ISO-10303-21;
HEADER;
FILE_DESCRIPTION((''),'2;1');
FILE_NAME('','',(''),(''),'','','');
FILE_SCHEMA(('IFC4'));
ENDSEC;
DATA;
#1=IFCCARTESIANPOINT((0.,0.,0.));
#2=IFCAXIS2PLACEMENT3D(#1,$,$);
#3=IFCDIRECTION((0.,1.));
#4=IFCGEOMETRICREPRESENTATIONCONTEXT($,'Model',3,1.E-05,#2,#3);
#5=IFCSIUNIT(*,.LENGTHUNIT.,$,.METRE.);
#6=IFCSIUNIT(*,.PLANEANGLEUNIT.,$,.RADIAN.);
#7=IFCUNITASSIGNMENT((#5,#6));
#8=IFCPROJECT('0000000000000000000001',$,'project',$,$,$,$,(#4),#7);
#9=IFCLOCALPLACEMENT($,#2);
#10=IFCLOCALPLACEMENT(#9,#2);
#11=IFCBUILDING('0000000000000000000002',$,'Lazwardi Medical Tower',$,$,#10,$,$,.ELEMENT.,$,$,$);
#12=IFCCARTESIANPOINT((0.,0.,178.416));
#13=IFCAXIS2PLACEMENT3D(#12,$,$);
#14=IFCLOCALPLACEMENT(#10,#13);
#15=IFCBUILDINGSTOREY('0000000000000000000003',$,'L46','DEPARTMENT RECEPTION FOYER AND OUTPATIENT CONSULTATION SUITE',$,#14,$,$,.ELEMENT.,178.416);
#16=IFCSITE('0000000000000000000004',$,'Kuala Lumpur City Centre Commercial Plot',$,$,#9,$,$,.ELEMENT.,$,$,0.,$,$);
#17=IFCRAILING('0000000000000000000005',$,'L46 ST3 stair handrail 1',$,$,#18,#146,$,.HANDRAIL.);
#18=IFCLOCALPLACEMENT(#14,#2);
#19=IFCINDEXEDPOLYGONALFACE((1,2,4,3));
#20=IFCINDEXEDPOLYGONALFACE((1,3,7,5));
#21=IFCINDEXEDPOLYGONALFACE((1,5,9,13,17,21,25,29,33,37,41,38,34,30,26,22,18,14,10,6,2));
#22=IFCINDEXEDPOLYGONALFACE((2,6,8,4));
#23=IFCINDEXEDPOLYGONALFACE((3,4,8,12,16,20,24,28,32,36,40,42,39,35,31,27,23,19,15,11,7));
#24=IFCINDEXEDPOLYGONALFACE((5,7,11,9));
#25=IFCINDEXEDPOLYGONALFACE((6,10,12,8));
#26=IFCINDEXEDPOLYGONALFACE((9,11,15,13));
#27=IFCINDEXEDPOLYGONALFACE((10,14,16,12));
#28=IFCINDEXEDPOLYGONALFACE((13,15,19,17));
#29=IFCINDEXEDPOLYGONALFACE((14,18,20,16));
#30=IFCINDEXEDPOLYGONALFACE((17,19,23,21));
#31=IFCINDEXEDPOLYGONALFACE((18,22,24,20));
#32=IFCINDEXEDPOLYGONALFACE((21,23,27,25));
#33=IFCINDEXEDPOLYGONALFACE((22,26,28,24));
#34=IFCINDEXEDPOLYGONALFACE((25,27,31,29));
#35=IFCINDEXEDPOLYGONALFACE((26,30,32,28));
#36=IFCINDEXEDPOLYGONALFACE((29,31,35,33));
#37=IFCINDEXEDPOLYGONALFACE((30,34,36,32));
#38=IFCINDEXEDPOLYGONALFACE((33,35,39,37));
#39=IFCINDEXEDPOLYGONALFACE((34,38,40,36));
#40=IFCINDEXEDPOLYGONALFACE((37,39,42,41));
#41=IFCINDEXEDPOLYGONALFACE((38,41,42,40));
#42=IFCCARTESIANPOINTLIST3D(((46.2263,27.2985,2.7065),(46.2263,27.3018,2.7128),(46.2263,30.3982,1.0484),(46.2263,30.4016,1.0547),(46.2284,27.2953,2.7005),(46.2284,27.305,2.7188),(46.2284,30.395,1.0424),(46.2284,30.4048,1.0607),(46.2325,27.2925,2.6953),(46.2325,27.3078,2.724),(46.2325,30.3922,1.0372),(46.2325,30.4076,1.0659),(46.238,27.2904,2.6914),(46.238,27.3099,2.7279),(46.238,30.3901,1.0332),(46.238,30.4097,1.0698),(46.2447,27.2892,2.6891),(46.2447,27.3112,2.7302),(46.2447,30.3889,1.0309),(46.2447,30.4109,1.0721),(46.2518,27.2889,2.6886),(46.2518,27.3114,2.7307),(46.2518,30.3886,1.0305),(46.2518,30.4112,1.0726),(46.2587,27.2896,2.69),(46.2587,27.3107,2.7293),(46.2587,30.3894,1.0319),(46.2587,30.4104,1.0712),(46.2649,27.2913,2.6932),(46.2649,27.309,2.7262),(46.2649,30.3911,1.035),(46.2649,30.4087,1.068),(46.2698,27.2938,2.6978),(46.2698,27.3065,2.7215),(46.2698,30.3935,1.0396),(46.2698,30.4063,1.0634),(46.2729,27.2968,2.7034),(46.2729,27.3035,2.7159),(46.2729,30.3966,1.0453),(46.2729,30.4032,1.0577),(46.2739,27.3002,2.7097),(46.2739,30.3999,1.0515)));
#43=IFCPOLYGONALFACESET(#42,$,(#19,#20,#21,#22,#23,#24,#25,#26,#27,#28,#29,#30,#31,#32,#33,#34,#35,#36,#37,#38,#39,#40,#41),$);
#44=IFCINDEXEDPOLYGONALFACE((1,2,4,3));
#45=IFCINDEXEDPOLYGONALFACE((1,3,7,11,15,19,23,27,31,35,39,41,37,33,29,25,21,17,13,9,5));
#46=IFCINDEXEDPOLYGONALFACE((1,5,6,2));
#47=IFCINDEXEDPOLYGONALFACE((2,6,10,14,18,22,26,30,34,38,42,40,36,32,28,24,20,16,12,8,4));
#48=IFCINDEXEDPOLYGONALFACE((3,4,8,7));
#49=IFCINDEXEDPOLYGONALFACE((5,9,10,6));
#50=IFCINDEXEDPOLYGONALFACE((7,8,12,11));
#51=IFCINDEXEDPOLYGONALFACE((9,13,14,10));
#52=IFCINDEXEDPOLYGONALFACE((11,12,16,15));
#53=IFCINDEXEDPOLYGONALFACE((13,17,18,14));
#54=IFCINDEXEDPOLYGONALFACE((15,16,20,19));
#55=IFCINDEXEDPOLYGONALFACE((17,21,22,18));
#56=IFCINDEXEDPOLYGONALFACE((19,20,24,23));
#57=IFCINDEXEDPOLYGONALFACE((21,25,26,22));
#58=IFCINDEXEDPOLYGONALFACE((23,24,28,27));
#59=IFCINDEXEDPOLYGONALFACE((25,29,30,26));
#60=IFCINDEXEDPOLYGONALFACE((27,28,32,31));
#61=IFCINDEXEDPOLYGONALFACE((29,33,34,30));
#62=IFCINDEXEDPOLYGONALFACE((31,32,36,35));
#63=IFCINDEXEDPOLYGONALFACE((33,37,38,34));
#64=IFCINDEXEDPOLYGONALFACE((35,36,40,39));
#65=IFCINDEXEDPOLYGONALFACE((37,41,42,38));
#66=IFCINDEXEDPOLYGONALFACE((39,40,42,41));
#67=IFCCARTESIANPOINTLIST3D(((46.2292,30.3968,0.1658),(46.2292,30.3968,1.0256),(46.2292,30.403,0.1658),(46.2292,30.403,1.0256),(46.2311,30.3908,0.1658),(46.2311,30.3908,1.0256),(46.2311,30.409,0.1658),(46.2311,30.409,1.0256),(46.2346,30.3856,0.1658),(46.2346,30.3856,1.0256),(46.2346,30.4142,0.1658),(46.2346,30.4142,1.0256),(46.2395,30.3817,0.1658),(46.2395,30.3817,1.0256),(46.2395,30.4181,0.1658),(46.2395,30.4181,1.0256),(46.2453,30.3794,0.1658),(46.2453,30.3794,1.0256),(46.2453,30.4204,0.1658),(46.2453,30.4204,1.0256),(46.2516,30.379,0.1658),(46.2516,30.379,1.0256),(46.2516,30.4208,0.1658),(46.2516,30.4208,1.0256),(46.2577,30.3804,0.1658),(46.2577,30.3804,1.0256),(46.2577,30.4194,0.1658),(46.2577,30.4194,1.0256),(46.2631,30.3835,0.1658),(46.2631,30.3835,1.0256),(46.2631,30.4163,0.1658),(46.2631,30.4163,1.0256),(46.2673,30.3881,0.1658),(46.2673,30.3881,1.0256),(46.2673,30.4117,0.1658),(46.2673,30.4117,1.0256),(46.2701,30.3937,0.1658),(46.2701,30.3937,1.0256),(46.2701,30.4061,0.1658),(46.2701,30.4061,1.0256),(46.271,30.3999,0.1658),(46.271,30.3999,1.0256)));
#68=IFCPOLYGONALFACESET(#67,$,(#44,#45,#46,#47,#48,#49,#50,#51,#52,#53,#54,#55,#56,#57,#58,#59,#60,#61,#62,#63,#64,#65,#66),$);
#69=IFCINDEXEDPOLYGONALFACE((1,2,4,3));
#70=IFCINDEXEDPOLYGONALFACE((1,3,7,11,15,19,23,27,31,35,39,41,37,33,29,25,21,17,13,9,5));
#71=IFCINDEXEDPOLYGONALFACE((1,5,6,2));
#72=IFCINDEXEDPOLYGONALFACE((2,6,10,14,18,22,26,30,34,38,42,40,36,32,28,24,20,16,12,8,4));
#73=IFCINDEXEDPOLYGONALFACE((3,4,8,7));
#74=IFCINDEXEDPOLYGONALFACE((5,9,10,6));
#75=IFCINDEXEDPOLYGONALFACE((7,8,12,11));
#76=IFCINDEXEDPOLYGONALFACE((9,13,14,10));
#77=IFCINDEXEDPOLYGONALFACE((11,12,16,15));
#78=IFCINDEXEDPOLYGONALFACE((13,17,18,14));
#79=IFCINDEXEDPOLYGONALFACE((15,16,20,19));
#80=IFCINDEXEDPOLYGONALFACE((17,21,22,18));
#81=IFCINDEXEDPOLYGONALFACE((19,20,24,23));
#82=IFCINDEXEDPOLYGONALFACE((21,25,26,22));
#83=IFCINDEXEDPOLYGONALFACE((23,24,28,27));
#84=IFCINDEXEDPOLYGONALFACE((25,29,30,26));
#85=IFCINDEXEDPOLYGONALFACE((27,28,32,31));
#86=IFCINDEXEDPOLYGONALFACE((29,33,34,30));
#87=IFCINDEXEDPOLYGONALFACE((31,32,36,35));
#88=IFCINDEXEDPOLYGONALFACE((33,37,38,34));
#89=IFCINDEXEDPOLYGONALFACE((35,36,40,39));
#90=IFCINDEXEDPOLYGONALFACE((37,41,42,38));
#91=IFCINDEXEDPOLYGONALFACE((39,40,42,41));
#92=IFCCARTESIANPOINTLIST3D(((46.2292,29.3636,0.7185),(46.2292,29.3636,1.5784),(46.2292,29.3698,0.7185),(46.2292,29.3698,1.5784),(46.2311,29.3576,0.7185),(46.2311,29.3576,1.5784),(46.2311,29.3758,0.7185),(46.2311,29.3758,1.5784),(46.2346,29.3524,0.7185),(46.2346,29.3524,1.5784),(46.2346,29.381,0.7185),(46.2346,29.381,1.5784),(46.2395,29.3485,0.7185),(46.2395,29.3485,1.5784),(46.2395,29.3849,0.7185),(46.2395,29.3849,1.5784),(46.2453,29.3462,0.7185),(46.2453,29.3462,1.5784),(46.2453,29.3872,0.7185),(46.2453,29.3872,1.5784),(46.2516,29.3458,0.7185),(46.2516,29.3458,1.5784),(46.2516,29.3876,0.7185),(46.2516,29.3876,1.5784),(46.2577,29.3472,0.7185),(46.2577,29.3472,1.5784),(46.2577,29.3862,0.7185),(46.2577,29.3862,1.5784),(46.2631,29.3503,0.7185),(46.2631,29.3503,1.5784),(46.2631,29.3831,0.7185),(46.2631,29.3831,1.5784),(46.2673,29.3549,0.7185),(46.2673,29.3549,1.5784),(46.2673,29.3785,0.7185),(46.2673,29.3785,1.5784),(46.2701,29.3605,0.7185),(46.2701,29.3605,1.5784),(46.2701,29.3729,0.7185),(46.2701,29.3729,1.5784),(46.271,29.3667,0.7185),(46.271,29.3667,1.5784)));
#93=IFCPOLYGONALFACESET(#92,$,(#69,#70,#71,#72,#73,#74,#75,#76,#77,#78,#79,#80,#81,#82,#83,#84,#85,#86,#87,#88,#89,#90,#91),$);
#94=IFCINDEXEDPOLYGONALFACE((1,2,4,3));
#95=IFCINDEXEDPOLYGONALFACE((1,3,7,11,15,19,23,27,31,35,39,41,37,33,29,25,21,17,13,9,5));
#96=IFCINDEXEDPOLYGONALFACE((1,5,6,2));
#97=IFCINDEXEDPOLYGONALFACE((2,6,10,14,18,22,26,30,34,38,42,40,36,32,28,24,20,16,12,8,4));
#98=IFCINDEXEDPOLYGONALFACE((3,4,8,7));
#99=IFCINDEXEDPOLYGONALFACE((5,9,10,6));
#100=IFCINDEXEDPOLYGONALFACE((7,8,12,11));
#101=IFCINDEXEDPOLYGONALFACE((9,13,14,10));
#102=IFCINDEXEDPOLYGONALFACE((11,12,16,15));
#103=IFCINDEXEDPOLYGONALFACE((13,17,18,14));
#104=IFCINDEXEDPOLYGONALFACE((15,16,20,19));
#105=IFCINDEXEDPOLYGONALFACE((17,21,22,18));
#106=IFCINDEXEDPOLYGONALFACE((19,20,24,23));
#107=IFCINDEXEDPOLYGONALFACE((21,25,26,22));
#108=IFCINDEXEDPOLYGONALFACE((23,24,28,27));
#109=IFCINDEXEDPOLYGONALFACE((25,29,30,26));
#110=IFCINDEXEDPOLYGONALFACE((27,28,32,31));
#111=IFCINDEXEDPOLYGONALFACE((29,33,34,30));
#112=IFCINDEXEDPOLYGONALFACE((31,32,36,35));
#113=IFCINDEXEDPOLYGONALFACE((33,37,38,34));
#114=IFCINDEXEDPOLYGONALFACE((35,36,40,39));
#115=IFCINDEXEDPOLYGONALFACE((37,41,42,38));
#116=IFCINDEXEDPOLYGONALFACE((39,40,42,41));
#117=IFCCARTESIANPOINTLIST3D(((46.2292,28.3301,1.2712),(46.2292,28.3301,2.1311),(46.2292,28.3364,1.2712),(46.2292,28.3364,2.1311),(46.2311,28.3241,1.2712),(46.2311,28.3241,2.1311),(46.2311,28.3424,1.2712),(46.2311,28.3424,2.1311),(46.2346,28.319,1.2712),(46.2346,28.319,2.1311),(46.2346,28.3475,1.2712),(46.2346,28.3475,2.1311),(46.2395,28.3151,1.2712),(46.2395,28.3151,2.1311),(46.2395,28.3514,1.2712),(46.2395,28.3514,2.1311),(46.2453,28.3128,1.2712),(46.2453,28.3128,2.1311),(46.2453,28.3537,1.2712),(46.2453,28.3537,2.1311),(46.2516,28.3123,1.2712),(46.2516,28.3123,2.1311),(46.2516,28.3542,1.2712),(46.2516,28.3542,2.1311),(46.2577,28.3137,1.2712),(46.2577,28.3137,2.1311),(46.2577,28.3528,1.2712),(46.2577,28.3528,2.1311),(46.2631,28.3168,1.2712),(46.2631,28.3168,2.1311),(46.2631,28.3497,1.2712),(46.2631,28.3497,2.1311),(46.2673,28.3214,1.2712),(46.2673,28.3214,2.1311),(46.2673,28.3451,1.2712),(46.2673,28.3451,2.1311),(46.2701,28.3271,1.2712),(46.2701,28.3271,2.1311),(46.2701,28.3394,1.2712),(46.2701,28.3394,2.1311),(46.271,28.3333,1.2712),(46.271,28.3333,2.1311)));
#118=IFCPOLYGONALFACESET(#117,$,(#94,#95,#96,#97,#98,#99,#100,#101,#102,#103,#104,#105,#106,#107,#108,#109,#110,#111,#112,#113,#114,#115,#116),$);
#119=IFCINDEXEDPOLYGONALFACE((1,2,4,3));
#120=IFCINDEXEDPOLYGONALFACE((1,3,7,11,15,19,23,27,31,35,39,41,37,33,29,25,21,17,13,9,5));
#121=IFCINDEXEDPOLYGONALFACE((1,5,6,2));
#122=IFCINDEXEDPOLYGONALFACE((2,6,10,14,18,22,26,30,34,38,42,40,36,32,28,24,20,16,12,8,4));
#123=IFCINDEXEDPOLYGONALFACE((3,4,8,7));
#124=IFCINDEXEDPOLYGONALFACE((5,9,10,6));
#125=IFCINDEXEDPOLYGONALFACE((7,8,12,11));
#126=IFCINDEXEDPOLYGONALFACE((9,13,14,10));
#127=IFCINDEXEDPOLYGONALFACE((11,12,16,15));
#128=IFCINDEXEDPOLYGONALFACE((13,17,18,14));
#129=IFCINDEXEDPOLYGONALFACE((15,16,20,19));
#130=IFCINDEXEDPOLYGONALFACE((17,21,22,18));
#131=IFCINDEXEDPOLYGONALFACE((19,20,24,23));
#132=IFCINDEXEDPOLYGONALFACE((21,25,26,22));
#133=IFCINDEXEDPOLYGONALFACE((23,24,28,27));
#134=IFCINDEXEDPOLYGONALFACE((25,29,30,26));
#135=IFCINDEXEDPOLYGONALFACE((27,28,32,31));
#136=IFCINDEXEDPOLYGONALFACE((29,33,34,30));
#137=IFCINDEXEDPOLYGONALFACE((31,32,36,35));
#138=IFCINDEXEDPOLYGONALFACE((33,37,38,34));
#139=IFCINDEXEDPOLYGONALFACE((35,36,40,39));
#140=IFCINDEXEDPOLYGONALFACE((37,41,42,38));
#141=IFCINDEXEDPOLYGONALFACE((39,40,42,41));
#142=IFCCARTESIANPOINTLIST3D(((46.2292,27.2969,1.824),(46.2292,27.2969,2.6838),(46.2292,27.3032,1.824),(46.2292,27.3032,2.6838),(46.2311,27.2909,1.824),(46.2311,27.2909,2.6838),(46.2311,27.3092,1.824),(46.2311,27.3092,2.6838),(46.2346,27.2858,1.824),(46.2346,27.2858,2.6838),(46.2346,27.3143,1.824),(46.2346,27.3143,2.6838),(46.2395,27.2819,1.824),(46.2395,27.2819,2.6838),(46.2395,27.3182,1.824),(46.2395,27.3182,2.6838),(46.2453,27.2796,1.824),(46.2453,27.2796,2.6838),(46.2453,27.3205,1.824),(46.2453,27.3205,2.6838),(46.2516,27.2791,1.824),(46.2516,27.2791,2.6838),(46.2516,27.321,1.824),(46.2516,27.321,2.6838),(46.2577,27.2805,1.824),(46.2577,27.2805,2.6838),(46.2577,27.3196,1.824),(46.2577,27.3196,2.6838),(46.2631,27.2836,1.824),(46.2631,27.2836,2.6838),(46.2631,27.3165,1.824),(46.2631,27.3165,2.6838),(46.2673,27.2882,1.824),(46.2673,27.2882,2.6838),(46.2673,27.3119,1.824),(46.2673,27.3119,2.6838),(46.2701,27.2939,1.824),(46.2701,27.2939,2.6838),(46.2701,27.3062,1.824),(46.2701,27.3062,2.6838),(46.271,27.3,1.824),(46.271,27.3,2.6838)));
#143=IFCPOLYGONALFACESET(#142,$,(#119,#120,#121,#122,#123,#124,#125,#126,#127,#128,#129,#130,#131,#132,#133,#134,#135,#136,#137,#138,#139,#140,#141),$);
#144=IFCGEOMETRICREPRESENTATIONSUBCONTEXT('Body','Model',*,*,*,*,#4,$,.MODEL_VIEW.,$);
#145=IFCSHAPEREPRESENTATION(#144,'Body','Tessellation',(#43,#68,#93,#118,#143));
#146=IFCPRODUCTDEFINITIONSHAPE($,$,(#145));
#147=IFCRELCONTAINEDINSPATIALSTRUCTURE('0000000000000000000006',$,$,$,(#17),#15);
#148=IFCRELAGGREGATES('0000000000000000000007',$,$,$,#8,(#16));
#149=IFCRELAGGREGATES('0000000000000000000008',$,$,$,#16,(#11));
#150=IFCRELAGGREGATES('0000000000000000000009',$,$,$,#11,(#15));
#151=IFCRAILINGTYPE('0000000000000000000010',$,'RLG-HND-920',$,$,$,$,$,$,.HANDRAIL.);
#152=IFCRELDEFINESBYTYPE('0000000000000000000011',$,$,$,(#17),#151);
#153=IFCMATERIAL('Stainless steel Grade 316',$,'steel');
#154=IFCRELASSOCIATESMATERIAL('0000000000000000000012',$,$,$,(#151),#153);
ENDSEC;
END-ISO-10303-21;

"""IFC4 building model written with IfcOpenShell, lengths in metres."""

from ifc_helpers import new_model, si_unit, direction, frame, origin, origin_2d, place, context, subcontext, project, spatial, circle, extrude, material, type_object, element, save


model = new_model("IFC4")

# Units and contexts
model_context = context("Model", 3, precision=1e-05, world=origin(), true_north=direction((0.0, 1.0)))
body_context = subcontext(model_context, "Body", "Model", "MODEL_VIEW")
ifc_project = project(units=[si_unit("LENGTHUNIT", "METRE"), si_unit("PLANEANGLEUNIT", "RADIAN")], contexts=[model_context])

# Site, building, storey
site_placement = place(None, origin())
site = spatial("IfcSite", under=ifc_project, at=site_placement, Name="Kuala Lumpur City Centre Commercial Plot", CompositionType="ELEMENT", RefElevation=0.0)
building_placement = place(site_placement, origin())
building = spatial("IfcBuilding", under=site, at=building_placement, Name="Lazwardi Medical Tower", CompositionType="ELEMENT")
storey_placement = place(building_placement, frame((0.0, 0.0, 178.416)))
storey = spatial("IfcBuildingStorey", under=building, at=storey_placement, Name="L46", Description="DEPARTMENT RECEPTION FOYER AND OUTPATIENT CONSULTATION SUITE", CompositionType="ELEMENT", Elevation=178.416)

# Railing
ifc_material_1 = material(Name="Stainless steel Grade 316", Category="steel")
railing_type_1 = type_object("IfcRailingType", Name="RLG-HND-920", PredefinedType="HANDRAIL", material=ifc_material_1)
railing_1_placement = place(storey_placement, frame((46.25, 30.3999, 0.1658)))
element("IfcRailing", 1, at=railing_1_placement, inside=storey, type_object=railing_type_1, Name="L46 ST3 stair handrail 1", PredefinedType="HANDRAIL", context=body_context, shape_type="SweptSolid", body=[
    extrude(circle(Radius=0.0239, at=origin_2d()), frame((0.0, 0.0, 0.8857), z_axis=(0.0, -0.881768, 0.471684), x_axis=(1.0, 0.0, 0.0)), (0.0, 0.0, 1.0), 3.5154),
    extrude(circle(Radius=0.021, at=origin_2d()), origin(), (0.0, 0.0, 1.0), 0.8599),
    extrude(circle(Radius=0.021, at=origin_2d()), frame((0.0, -1.0332, 0.5527)), (0.0, 0.0, 1.0), 0.8599),
    extrude(circle(Radius=0.021, at=origin_2d()), frame((0.0, -2.0667, 1.1055)), (0.0, 0.0, 1.0), 0.8599),
    extrude(circle(Radius=0.021, at=origin_2d()), frame((0.0, -3.0999, 1.6582)), (0.0, 0.0, 1.0), 0.8599),
])

save(model, "model.ifc")
